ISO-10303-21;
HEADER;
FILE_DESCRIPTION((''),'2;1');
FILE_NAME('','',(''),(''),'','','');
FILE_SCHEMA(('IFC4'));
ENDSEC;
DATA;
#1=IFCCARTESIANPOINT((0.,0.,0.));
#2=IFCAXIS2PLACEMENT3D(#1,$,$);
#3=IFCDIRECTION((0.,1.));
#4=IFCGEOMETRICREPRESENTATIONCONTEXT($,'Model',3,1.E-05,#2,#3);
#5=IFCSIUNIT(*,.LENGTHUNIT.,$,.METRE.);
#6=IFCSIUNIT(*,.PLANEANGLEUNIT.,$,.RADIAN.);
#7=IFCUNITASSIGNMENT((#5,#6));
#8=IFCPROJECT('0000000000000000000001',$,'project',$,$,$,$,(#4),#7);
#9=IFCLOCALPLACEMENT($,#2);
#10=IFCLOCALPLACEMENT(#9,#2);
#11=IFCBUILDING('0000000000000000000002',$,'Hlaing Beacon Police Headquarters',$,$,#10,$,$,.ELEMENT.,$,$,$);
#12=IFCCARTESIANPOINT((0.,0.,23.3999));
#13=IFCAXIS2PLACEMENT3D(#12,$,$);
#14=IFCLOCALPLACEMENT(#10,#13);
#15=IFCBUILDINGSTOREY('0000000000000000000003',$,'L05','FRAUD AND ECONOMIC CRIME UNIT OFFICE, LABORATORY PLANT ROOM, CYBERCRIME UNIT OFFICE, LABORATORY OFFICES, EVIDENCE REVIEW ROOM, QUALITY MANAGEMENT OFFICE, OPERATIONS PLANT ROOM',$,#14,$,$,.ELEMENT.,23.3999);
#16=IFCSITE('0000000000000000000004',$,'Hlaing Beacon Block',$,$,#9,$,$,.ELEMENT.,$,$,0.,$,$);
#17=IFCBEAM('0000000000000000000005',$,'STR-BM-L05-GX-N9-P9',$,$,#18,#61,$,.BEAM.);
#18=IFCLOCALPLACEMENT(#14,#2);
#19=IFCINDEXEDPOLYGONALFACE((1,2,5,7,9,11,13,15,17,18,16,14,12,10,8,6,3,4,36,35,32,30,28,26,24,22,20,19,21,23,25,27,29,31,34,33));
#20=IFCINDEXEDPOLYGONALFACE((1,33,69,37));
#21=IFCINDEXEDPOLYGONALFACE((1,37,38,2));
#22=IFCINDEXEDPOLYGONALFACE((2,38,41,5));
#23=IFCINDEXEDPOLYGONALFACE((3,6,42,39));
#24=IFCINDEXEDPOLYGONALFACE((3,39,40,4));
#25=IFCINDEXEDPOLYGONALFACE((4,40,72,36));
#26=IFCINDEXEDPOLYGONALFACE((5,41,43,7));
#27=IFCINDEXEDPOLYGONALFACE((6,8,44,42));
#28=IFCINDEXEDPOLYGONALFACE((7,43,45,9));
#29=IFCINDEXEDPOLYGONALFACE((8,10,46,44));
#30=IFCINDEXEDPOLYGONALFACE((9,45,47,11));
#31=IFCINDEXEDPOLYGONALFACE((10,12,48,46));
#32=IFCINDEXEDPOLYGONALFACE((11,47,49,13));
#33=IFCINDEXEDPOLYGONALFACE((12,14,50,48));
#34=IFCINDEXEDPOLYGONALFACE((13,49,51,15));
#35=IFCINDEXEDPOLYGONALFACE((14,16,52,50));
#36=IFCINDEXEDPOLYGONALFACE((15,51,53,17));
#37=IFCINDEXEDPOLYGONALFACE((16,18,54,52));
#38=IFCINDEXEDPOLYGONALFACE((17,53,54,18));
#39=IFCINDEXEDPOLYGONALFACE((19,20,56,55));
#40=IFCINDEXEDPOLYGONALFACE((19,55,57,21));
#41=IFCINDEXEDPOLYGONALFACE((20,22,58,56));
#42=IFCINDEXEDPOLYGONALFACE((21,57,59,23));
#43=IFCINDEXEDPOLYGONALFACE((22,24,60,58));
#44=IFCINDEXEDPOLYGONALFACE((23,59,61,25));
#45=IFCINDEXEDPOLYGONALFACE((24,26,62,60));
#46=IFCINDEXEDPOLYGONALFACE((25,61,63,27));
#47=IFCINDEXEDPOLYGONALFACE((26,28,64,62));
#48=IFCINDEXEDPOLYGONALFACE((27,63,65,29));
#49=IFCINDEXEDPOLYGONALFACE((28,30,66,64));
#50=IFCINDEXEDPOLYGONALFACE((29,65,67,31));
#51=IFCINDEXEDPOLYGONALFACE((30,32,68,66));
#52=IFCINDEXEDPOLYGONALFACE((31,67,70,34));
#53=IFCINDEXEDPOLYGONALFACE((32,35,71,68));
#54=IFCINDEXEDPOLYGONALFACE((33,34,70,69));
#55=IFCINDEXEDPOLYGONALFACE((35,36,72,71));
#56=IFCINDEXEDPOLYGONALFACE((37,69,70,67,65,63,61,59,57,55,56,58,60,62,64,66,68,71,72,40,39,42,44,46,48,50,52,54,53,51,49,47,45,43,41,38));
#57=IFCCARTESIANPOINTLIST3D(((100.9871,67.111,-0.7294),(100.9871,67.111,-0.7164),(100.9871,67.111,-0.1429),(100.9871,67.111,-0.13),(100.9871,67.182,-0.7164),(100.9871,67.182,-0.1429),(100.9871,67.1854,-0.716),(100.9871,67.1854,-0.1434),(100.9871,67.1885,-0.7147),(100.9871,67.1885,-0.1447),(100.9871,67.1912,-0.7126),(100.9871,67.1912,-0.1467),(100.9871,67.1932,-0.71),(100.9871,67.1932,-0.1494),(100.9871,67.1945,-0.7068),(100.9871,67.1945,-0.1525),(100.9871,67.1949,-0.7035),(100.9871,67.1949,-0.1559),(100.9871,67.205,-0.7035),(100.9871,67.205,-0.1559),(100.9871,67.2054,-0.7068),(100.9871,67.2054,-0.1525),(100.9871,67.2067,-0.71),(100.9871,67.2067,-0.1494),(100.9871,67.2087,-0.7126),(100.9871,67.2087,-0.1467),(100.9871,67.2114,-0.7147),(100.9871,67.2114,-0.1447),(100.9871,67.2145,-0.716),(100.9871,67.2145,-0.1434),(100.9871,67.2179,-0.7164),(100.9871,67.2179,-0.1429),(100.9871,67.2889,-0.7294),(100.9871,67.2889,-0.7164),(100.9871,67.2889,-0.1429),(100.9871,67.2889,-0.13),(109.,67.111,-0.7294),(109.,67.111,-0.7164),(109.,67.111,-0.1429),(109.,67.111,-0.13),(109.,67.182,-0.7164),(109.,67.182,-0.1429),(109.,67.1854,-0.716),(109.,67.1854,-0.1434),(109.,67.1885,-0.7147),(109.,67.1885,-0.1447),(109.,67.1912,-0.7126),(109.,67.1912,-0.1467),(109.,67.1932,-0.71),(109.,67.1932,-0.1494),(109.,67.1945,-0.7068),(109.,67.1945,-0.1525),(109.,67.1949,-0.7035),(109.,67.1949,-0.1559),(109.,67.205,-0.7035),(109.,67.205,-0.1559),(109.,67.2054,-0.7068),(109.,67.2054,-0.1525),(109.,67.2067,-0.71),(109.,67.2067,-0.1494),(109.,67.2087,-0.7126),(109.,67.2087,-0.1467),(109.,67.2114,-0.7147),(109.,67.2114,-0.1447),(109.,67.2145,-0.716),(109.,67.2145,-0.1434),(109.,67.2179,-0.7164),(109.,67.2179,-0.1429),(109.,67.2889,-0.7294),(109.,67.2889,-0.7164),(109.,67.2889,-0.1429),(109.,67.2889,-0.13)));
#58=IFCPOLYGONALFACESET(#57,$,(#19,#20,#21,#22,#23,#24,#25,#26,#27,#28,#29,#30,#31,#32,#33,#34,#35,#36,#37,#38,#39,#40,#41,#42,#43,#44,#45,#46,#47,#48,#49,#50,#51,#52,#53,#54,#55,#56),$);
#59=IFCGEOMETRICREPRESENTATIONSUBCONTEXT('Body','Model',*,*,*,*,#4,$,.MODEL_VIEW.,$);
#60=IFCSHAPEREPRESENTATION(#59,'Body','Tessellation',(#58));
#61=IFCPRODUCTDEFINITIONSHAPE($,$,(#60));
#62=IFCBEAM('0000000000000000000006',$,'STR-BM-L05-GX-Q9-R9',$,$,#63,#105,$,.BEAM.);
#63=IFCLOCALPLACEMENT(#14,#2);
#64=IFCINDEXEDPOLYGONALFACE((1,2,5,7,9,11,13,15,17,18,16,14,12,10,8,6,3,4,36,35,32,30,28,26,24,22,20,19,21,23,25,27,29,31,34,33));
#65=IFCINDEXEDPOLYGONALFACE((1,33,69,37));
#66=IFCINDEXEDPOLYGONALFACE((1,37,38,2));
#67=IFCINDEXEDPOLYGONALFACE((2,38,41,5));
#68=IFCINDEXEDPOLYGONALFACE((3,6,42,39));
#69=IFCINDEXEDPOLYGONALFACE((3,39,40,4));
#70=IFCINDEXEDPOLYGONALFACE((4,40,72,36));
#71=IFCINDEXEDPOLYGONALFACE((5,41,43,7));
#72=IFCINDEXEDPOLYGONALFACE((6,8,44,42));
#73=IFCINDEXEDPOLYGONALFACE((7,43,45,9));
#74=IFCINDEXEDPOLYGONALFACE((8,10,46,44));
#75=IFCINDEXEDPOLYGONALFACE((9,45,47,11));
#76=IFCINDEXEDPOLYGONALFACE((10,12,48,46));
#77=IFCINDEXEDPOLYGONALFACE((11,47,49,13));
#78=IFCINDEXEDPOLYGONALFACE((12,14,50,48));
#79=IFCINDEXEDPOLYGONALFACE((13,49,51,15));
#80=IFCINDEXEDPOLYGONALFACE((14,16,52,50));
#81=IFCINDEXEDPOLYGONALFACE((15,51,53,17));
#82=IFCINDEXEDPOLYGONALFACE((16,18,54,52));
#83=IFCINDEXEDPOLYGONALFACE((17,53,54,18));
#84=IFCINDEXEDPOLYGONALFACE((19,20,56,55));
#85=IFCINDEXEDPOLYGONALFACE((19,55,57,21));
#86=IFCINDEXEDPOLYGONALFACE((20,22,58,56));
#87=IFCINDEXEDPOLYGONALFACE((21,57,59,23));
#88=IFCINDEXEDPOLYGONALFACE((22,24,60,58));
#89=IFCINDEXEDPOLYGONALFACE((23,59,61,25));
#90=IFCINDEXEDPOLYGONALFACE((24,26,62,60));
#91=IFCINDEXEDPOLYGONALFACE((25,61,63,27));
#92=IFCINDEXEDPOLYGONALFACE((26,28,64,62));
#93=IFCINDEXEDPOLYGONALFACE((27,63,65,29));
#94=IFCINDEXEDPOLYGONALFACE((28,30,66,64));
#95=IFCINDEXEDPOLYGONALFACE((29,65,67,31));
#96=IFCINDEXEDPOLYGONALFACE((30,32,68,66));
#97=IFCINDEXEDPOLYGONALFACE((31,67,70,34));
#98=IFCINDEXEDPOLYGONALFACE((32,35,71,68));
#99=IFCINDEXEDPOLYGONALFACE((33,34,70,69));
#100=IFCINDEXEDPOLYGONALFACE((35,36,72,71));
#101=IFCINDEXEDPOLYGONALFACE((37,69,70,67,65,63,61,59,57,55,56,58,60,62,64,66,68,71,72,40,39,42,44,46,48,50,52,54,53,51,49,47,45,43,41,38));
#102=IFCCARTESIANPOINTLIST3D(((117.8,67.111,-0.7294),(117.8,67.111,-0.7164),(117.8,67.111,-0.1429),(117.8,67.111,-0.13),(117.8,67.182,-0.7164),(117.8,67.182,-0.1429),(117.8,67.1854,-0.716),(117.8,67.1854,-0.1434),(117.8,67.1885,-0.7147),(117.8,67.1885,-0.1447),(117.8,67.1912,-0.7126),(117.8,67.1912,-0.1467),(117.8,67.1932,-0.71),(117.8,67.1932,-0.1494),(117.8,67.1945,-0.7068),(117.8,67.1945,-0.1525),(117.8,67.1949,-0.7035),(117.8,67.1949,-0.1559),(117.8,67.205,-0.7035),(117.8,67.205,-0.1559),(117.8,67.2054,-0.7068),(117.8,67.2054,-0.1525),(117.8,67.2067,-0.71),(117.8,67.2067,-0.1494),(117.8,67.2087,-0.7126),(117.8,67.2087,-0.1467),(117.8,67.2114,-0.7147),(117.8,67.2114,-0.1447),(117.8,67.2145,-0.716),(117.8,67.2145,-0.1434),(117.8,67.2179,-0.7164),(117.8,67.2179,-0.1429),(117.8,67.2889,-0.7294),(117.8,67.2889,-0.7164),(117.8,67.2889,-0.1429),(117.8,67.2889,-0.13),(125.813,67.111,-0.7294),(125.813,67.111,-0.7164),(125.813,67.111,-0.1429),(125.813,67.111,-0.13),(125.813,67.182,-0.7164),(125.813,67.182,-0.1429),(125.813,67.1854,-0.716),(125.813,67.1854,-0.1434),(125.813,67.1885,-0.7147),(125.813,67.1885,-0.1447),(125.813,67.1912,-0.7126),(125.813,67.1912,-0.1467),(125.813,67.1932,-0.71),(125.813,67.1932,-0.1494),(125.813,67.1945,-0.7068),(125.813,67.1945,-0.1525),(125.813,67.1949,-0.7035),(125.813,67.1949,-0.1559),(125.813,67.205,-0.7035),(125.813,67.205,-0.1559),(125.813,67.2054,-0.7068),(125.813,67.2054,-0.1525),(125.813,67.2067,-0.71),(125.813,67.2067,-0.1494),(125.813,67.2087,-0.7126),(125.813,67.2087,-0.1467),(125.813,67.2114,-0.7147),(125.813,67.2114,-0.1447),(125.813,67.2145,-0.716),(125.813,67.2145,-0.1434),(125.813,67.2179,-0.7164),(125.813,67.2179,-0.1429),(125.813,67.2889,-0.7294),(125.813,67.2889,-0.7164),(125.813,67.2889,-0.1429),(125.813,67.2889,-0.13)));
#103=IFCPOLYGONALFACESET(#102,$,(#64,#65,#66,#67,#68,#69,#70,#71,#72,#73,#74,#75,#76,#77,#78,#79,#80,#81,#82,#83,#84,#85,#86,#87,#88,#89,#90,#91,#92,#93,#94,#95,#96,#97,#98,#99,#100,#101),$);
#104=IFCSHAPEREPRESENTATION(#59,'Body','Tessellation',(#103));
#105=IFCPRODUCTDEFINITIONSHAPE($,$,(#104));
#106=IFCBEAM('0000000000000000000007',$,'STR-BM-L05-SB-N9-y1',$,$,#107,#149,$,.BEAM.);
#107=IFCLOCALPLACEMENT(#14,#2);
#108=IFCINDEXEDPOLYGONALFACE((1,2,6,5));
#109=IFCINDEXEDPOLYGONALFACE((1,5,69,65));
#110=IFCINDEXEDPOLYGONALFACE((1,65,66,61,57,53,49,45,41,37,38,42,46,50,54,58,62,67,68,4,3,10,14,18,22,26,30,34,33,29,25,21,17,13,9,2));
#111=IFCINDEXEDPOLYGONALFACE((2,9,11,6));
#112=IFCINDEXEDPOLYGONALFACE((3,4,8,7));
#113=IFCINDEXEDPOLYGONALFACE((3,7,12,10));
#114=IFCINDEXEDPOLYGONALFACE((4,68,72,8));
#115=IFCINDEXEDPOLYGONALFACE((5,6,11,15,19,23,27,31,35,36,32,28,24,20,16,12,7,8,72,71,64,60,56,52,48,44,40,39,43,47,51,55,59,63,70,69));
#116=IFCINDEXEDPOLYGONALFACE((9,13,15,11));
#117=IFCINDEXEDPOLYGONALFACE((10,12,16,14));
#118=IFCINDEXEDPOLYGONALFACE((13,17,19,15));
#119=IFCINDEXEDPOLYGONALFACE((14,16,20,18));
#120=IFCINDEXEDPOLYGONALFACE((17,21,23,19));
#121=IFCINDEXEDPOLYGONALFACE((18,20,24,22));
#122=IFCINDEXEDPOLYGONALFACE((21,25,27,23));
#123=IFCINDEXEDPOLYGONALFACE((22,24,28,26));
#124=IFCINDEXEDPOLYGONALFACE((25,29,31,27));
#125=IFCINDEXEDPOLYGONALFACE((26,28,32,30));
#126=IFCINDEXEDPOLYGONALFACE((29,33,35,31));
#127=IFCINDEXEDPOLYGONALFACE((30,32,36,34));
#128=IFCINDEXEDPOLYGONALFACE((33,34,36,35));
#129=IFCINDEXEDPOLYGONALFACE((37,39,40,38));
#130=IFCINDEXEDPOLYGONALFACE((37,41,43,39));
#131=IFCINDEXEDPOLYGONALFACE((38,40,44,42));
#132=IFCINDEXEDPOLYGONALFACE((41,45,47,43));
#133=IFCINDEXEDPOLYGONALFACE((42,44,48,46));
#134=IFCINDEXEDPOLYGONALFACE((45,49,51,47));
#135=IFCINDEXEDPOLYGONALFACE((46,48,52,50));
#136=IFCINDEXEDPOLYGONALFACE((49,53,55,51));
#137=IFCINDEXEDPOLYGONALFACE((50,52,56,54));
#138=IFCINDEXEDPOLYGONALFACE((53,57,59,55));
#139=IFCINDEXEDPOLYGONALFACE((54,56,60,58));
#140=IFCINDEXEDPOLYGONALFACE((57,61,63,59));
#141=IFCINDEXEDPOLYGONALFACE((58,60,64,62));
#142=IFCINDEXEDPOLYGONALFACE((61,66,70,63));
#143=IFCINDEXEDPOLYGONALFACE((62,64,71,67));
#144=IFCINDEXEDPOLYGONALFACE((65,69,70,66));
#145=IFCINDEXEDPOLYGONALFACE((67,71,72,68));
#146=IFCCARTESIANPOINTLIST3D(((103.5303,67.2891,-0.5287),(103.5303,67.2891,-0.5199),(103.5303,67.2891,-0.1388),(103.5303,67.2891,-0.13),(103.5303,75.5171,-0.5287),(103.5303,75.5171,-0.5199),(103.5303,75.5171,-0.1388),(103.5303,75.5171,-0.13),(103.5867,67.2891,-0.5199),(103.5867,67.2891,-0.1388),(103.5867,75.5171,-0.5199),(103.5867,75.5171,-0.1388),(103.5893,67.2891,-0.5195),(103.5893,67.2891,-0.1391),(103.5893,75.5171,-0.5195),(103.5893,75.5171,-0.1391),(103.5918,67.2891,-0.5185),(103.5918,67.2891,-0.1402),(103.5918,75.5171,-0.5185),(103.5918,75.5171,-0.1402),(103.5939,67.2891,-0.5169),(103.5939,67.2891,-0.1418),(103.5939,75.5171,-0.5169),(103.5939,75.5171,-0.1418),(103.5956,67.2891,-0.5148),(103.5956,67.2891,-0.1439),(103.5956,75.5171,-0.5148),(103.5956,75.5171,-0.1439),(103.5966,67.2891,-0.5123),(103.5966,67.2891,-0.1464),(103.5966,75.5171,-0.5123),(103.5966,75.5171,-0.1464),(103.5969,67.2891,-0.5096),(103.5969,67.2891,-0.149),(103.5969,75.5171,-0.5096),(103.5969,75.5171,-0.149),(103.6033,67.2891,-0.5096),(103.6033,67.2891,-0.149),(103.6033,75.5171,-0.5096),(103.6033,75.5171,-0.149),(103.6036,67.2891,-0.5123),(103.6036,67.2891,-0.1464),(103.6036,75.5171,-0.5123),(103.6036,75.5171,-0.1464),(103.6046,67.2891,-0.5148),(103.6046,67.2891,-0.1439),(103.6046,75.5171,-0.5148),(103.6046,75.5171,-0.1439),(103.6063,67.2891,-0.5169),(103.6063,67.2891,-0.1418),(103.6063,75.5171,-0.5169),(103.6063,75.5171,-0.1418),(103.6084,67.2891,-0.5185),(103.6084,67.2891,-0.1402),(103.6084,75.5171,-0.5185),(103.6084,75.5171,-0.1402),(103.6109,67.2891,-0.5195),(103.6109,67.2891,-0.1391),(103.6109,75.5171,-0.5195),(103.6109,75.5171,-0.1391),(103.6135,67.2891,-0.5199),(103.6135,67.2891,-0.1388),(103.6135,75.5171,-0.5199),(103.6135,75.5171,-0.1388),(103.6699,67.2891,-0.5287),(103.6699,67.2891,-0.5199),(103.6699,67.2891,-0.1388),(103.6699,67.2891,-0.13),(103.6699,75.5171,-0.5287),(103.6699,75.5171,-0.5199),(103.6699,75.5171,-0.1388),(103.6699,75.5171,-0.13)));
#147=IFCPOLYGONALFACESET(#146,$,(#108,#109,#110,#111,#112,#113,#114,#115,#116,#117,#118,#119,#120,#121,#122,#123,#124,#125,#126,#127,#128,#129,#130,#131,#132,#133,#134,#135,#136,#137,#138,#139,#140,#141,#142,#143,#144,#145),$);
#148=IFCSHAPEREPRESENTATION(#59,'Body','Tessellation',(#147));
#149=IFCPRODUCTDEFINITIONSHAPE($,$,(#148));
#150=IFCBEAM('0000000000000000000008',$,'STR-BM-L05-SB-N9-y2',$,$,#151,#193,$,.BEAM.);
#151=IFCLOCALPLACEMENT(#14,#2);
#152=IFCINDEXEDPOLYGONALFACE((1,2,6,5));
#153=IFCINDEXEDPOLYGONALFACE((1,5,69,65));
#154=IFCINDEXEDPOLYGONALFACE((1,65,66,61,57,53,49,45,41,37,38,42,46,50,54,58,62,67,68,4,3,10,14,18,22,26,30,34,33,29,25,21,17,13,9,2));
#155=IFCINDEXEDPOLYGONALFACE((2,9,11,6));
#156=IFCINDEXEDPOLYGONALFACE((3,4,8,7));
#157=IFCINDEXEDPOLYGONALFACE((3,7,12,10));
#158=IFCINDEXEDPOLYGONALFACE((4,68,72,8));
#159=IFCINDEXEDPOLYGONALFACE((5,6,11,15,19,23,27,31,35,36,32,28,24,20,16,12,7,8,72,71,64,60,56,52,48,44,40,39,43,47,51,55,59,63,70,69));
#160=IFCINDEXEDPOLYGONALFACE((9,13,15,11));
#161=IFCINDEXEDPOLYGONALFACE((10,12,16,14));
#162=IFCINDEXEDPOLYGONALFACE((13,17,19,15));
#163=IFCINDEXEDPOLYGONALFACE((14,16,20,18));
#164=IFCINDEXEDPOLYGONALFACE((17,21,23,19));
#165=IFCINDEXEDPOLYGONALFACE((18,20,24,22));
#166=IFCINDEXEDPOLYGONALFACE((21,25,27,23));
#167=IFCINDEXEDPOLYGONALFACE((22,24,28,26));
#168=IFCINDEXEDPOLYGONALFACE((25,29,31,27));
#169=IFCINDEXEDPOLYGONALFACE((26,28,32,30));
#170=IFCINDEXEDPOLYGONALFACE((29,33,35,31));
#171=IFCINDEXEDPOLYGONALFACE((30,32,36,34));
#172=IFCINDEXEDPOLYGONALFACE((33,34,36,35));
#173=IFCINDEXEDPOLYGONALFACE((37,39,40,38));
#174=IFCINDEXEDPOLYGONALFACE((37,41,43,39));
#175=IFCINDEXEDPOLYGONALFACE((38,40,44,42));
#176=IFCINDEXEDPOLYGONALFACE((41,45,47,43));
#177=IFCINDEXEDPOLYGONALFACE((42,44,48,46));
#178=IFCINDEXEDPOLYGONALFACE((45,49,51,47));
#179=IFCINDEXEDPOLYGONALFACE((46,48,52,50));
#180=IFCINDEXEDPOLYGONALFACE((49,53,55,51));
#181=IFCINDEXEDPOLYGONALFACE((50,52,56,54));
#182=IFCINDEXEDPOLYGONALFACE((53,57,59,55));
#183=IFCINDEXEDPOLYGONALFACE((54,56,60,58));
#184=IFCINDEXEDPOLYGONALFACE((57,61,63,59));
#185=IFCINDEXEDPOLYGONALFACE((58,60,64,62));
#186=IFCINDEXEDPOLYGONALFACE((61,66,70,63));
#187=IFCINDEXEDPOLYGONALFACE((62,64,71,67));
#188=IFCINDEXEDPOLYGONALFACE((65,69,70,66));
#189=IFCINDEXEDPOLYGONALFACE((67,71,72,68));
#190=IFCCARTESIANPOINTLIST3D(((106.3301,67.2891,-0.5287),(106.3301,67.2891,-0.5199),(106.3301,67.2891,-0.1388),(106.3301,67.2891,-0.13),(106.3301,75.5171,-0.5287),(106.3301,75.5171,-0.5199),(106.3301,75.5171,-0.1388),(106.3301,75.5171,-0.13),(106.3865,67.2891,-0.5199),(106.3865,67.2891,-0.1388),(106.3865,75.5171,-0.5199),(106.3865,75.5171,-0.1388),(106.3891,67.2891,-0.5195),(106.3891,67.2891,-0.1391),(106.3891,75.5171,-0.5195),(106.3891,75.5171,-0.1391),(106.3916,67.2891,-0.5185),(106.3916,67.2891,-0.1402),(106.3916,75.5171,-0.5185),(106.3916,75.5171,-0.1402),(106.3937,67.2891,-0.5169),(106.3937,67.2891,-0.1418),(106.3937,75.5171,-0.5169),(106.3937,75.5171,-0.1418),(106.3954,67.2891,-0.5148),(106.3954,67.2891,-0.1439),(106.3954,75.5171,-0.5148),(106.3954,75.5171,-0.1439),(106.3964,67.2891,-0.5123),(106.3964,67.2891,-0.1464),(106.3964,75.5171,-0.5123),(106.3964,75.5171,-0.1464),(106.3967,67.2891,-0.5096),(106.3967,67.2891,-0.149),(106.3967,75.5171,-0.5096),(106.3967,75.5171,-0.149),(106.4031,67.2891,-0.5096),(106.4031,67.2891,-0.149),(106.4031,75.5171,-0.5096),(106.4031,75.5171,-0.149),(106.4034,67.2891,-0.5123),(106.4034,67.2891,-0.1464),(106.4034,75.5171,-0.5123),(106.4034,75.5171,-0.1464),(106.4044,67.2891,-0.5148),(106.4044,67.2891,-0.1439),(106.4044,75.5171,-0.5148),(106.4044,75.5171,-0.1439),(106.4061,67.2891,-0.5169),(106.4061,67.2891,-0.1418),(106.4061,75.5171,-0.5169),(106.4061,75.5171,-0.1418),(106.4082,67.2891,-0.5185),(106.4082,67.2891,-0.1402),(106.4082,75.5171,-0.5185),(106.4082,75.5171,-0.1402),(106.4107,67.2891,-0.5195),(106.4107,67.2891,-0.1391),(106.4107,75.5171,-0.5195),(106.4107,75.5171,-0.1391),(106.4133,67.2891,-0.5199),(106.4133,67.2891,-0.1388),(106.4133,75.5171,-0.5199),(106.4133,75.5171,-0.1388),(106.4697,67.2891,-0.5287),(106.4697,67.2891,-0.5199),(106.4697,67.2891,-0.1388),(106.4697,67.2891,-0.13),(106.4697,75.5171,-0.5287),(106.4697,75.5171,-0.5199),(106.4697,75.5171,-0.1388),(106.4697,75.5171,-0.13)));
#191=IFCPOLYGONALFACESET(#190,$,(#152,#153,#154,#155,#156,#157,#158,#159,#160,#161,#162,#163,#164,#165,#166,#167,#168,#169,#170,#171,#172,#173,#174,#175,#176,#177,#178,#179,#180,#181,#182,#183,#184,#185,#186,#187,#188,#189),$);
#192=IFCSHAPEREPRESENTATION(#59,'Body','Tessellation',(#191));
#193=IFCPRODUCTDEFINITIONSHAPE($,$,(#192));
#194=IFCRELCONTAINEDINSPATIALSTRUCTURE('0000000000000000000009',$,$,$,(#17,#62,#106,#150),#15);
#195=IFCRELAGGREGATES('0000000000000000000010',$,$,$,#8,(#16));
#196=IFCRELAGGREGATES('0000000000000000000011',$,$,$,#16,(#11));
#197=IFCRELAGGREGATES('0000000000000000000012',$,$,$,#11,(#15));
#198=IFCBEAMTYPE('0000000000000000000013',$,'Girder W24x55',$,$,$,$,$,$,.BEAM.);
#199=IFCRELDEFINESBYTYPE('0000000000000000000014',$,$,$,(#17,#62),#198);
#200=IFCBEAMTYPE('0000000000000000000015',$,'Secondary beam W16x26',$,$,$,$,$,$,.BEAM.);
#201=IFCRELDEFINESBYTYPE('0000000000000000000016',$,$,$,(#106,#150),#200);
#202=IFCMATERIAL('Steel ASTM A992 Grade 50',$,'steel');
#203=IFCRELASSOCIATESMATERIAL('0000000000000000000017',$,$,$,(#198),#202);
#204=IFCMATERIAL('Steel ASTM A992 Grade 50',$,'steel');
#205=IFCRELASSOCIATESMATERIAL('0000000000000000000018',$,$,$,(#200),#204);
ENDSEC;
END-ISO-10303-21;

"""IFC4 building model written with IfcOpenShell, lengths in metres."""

from ifc_helpers import new_model, si_unit, direction, frame, origin, origin_2d, place, context, subcontext, project, spatial, i_section, extrude, material, material_profile, profile_set, type_object, element, save


model = new_model("IFC4")

# Units and contexts
model_context = context("Model", 3, precision=1e-05, world=origin(), true_north=direction((0.0, 1.0)))
body_context = subcontext(model_context, "Body", "Model", "MODEL_VIEW")
ifc_project = project(units=[si_unit("LENGTHUNIT", "METRE"), si_unit("PLANEANGLEUNIT", "RADIAN")], contexts=[model_context])

# Site, building, storey
site_placement = place(None, origin())
site = spatial("IfcSite", under=ifc_project, at=site_placement, Name="Hlaing Beacon Block", CompositionType="ELEMENT", RefElevation=0.0)
building_placement = place(site_placement, origin())
building = spatial("IfcBuilding", under=site, at=building_placement, Name="Hlaing Beacon Police Headquarters", CompositionType="ELEMENT")
storey_placement = place(building_placement, frame((0.0, 0.0, 23.3999)))
storey = spatial("IfcBuildingStorey", under=building, at=storey_placement, Name="L05", Description="FRAUD AND ECONOMIC CRIME UNIT OFFICE, LABORATORY PLANT ROOM, CYBERCRIME UNIT OFFICE, LABORATORY OFFICES, EVIDENCE REVIEW ROOM, QUALITY MANAGEMENT OFFICE, OPERATIONS PLANT ROOM", CompositionType="ELEMENT", Elevation=23.3999)

# Beams
ifc_material_1 = material(Name="Steel ASTM A992 Grade 50", Category="steel")
ifc_material_profile_1 = material_profile(ifc_material_1, i_section(OverallWidth=0.178, OverallDepth=0.5994, WebThickness=0.01, FlangeThickness=0.0129, FilletRadius=0.0129, at=origin_2d()), Name="W24x55")
ifc_profile_set_1 = profile_set([ifc_material_profile_1], Name="Steel ASTM A992 Grade 50")
beam_type_1 = type_object("IfcBeamType", Name="Girder W24x55", PredefinedType="BEAM", material=ifc_profile_set_1)
for number, where, z_axis, x_axis, name in (
    (1, (100.9871, 67.2, -0.4297), (1.0, 0.0, 0.0), (0.0, 1.0, 0.0), "STR-BM-L05-GX-N9-P9"),
    (2, (117.8, 67.2, -0.4297), (1.0, 0.0, 0.0), (0.0, 1.0, 0.0), "STR-BM-L05-GX-Q9-R9"),
):
    element("IfcBeam", number, at=place(storey_placement, frame(where, z_axis=z_axis, x_axis=x_axis)), inside=storey, type_object=beam_type_1, Name=name, PredefinedType="BEAM", context=body_context, shape_type="SweptSolid", body=[
        extrude(i_section(OverallWidth=0.178, OverallDepth=0.5994, WebThickness=0.01, FlangeThickness=0.0129, FilletRadius=0.0129, at=origin_2d()), origin(), (0.0, 0.0, 1.0), 8.0129),
    ])
ifc_material_2 = material(Name="Steel ASTM A992 Grade 50", Category="steel")
ifc_material_profile_2 = material_profile(ifc_material_2, i_section(OverallWidth=0.1396, OverallDepth=0.3987, WebThickness=0.0063, FlangeThickness=0.0088, FilletRadius=0.0103, at=origin_2d()), Name="W16x26")
ifc_profile_set_2 = profile_set([ifc_material_profile_2], Name="Steel ASTM A992 Grade 50")
beam_type_2 = type_object("IfcBeamType", Name="Secondary beam W16x26", PredefinedType="BEAM", material=ifc_profile_set_2)
for number, where, z_axis, x_axis, name in (
    (3, (103.6001, 67.2891, -0.3293), (0.0, 1.0, 0.0), (-1.0, 0.0, 0.0), "STR-BM-L05-SB-N9-y1"),
    (4, (106.3999, 67.2891, -0.3293), (0.0, 1.0, 0.0), (-1.0, 0.0, 0.0), "STR-BM-L05-SB-N9-y2"),
):
    element("IfcBeam", number, at=place(storey_placement, frame(where, z_axis=z_axis, x_axis=x_axis)), inside=storey, type_object=beam_type_2, Name=name, PredefinedType="BEAM", context=body_context, shape_type="SweptSolid", body=[
        extrude(i_section(OverallWidth=0.1396, OverallDepth=0.3987, WebThickness=0.0063, FlangeThickness=0.0088, FilletRadius=0.0103, at=origin_2d()), origin(), (0.0, 0.0, 1.0), 8.228),
    ])

save(model, "model.ifc")
